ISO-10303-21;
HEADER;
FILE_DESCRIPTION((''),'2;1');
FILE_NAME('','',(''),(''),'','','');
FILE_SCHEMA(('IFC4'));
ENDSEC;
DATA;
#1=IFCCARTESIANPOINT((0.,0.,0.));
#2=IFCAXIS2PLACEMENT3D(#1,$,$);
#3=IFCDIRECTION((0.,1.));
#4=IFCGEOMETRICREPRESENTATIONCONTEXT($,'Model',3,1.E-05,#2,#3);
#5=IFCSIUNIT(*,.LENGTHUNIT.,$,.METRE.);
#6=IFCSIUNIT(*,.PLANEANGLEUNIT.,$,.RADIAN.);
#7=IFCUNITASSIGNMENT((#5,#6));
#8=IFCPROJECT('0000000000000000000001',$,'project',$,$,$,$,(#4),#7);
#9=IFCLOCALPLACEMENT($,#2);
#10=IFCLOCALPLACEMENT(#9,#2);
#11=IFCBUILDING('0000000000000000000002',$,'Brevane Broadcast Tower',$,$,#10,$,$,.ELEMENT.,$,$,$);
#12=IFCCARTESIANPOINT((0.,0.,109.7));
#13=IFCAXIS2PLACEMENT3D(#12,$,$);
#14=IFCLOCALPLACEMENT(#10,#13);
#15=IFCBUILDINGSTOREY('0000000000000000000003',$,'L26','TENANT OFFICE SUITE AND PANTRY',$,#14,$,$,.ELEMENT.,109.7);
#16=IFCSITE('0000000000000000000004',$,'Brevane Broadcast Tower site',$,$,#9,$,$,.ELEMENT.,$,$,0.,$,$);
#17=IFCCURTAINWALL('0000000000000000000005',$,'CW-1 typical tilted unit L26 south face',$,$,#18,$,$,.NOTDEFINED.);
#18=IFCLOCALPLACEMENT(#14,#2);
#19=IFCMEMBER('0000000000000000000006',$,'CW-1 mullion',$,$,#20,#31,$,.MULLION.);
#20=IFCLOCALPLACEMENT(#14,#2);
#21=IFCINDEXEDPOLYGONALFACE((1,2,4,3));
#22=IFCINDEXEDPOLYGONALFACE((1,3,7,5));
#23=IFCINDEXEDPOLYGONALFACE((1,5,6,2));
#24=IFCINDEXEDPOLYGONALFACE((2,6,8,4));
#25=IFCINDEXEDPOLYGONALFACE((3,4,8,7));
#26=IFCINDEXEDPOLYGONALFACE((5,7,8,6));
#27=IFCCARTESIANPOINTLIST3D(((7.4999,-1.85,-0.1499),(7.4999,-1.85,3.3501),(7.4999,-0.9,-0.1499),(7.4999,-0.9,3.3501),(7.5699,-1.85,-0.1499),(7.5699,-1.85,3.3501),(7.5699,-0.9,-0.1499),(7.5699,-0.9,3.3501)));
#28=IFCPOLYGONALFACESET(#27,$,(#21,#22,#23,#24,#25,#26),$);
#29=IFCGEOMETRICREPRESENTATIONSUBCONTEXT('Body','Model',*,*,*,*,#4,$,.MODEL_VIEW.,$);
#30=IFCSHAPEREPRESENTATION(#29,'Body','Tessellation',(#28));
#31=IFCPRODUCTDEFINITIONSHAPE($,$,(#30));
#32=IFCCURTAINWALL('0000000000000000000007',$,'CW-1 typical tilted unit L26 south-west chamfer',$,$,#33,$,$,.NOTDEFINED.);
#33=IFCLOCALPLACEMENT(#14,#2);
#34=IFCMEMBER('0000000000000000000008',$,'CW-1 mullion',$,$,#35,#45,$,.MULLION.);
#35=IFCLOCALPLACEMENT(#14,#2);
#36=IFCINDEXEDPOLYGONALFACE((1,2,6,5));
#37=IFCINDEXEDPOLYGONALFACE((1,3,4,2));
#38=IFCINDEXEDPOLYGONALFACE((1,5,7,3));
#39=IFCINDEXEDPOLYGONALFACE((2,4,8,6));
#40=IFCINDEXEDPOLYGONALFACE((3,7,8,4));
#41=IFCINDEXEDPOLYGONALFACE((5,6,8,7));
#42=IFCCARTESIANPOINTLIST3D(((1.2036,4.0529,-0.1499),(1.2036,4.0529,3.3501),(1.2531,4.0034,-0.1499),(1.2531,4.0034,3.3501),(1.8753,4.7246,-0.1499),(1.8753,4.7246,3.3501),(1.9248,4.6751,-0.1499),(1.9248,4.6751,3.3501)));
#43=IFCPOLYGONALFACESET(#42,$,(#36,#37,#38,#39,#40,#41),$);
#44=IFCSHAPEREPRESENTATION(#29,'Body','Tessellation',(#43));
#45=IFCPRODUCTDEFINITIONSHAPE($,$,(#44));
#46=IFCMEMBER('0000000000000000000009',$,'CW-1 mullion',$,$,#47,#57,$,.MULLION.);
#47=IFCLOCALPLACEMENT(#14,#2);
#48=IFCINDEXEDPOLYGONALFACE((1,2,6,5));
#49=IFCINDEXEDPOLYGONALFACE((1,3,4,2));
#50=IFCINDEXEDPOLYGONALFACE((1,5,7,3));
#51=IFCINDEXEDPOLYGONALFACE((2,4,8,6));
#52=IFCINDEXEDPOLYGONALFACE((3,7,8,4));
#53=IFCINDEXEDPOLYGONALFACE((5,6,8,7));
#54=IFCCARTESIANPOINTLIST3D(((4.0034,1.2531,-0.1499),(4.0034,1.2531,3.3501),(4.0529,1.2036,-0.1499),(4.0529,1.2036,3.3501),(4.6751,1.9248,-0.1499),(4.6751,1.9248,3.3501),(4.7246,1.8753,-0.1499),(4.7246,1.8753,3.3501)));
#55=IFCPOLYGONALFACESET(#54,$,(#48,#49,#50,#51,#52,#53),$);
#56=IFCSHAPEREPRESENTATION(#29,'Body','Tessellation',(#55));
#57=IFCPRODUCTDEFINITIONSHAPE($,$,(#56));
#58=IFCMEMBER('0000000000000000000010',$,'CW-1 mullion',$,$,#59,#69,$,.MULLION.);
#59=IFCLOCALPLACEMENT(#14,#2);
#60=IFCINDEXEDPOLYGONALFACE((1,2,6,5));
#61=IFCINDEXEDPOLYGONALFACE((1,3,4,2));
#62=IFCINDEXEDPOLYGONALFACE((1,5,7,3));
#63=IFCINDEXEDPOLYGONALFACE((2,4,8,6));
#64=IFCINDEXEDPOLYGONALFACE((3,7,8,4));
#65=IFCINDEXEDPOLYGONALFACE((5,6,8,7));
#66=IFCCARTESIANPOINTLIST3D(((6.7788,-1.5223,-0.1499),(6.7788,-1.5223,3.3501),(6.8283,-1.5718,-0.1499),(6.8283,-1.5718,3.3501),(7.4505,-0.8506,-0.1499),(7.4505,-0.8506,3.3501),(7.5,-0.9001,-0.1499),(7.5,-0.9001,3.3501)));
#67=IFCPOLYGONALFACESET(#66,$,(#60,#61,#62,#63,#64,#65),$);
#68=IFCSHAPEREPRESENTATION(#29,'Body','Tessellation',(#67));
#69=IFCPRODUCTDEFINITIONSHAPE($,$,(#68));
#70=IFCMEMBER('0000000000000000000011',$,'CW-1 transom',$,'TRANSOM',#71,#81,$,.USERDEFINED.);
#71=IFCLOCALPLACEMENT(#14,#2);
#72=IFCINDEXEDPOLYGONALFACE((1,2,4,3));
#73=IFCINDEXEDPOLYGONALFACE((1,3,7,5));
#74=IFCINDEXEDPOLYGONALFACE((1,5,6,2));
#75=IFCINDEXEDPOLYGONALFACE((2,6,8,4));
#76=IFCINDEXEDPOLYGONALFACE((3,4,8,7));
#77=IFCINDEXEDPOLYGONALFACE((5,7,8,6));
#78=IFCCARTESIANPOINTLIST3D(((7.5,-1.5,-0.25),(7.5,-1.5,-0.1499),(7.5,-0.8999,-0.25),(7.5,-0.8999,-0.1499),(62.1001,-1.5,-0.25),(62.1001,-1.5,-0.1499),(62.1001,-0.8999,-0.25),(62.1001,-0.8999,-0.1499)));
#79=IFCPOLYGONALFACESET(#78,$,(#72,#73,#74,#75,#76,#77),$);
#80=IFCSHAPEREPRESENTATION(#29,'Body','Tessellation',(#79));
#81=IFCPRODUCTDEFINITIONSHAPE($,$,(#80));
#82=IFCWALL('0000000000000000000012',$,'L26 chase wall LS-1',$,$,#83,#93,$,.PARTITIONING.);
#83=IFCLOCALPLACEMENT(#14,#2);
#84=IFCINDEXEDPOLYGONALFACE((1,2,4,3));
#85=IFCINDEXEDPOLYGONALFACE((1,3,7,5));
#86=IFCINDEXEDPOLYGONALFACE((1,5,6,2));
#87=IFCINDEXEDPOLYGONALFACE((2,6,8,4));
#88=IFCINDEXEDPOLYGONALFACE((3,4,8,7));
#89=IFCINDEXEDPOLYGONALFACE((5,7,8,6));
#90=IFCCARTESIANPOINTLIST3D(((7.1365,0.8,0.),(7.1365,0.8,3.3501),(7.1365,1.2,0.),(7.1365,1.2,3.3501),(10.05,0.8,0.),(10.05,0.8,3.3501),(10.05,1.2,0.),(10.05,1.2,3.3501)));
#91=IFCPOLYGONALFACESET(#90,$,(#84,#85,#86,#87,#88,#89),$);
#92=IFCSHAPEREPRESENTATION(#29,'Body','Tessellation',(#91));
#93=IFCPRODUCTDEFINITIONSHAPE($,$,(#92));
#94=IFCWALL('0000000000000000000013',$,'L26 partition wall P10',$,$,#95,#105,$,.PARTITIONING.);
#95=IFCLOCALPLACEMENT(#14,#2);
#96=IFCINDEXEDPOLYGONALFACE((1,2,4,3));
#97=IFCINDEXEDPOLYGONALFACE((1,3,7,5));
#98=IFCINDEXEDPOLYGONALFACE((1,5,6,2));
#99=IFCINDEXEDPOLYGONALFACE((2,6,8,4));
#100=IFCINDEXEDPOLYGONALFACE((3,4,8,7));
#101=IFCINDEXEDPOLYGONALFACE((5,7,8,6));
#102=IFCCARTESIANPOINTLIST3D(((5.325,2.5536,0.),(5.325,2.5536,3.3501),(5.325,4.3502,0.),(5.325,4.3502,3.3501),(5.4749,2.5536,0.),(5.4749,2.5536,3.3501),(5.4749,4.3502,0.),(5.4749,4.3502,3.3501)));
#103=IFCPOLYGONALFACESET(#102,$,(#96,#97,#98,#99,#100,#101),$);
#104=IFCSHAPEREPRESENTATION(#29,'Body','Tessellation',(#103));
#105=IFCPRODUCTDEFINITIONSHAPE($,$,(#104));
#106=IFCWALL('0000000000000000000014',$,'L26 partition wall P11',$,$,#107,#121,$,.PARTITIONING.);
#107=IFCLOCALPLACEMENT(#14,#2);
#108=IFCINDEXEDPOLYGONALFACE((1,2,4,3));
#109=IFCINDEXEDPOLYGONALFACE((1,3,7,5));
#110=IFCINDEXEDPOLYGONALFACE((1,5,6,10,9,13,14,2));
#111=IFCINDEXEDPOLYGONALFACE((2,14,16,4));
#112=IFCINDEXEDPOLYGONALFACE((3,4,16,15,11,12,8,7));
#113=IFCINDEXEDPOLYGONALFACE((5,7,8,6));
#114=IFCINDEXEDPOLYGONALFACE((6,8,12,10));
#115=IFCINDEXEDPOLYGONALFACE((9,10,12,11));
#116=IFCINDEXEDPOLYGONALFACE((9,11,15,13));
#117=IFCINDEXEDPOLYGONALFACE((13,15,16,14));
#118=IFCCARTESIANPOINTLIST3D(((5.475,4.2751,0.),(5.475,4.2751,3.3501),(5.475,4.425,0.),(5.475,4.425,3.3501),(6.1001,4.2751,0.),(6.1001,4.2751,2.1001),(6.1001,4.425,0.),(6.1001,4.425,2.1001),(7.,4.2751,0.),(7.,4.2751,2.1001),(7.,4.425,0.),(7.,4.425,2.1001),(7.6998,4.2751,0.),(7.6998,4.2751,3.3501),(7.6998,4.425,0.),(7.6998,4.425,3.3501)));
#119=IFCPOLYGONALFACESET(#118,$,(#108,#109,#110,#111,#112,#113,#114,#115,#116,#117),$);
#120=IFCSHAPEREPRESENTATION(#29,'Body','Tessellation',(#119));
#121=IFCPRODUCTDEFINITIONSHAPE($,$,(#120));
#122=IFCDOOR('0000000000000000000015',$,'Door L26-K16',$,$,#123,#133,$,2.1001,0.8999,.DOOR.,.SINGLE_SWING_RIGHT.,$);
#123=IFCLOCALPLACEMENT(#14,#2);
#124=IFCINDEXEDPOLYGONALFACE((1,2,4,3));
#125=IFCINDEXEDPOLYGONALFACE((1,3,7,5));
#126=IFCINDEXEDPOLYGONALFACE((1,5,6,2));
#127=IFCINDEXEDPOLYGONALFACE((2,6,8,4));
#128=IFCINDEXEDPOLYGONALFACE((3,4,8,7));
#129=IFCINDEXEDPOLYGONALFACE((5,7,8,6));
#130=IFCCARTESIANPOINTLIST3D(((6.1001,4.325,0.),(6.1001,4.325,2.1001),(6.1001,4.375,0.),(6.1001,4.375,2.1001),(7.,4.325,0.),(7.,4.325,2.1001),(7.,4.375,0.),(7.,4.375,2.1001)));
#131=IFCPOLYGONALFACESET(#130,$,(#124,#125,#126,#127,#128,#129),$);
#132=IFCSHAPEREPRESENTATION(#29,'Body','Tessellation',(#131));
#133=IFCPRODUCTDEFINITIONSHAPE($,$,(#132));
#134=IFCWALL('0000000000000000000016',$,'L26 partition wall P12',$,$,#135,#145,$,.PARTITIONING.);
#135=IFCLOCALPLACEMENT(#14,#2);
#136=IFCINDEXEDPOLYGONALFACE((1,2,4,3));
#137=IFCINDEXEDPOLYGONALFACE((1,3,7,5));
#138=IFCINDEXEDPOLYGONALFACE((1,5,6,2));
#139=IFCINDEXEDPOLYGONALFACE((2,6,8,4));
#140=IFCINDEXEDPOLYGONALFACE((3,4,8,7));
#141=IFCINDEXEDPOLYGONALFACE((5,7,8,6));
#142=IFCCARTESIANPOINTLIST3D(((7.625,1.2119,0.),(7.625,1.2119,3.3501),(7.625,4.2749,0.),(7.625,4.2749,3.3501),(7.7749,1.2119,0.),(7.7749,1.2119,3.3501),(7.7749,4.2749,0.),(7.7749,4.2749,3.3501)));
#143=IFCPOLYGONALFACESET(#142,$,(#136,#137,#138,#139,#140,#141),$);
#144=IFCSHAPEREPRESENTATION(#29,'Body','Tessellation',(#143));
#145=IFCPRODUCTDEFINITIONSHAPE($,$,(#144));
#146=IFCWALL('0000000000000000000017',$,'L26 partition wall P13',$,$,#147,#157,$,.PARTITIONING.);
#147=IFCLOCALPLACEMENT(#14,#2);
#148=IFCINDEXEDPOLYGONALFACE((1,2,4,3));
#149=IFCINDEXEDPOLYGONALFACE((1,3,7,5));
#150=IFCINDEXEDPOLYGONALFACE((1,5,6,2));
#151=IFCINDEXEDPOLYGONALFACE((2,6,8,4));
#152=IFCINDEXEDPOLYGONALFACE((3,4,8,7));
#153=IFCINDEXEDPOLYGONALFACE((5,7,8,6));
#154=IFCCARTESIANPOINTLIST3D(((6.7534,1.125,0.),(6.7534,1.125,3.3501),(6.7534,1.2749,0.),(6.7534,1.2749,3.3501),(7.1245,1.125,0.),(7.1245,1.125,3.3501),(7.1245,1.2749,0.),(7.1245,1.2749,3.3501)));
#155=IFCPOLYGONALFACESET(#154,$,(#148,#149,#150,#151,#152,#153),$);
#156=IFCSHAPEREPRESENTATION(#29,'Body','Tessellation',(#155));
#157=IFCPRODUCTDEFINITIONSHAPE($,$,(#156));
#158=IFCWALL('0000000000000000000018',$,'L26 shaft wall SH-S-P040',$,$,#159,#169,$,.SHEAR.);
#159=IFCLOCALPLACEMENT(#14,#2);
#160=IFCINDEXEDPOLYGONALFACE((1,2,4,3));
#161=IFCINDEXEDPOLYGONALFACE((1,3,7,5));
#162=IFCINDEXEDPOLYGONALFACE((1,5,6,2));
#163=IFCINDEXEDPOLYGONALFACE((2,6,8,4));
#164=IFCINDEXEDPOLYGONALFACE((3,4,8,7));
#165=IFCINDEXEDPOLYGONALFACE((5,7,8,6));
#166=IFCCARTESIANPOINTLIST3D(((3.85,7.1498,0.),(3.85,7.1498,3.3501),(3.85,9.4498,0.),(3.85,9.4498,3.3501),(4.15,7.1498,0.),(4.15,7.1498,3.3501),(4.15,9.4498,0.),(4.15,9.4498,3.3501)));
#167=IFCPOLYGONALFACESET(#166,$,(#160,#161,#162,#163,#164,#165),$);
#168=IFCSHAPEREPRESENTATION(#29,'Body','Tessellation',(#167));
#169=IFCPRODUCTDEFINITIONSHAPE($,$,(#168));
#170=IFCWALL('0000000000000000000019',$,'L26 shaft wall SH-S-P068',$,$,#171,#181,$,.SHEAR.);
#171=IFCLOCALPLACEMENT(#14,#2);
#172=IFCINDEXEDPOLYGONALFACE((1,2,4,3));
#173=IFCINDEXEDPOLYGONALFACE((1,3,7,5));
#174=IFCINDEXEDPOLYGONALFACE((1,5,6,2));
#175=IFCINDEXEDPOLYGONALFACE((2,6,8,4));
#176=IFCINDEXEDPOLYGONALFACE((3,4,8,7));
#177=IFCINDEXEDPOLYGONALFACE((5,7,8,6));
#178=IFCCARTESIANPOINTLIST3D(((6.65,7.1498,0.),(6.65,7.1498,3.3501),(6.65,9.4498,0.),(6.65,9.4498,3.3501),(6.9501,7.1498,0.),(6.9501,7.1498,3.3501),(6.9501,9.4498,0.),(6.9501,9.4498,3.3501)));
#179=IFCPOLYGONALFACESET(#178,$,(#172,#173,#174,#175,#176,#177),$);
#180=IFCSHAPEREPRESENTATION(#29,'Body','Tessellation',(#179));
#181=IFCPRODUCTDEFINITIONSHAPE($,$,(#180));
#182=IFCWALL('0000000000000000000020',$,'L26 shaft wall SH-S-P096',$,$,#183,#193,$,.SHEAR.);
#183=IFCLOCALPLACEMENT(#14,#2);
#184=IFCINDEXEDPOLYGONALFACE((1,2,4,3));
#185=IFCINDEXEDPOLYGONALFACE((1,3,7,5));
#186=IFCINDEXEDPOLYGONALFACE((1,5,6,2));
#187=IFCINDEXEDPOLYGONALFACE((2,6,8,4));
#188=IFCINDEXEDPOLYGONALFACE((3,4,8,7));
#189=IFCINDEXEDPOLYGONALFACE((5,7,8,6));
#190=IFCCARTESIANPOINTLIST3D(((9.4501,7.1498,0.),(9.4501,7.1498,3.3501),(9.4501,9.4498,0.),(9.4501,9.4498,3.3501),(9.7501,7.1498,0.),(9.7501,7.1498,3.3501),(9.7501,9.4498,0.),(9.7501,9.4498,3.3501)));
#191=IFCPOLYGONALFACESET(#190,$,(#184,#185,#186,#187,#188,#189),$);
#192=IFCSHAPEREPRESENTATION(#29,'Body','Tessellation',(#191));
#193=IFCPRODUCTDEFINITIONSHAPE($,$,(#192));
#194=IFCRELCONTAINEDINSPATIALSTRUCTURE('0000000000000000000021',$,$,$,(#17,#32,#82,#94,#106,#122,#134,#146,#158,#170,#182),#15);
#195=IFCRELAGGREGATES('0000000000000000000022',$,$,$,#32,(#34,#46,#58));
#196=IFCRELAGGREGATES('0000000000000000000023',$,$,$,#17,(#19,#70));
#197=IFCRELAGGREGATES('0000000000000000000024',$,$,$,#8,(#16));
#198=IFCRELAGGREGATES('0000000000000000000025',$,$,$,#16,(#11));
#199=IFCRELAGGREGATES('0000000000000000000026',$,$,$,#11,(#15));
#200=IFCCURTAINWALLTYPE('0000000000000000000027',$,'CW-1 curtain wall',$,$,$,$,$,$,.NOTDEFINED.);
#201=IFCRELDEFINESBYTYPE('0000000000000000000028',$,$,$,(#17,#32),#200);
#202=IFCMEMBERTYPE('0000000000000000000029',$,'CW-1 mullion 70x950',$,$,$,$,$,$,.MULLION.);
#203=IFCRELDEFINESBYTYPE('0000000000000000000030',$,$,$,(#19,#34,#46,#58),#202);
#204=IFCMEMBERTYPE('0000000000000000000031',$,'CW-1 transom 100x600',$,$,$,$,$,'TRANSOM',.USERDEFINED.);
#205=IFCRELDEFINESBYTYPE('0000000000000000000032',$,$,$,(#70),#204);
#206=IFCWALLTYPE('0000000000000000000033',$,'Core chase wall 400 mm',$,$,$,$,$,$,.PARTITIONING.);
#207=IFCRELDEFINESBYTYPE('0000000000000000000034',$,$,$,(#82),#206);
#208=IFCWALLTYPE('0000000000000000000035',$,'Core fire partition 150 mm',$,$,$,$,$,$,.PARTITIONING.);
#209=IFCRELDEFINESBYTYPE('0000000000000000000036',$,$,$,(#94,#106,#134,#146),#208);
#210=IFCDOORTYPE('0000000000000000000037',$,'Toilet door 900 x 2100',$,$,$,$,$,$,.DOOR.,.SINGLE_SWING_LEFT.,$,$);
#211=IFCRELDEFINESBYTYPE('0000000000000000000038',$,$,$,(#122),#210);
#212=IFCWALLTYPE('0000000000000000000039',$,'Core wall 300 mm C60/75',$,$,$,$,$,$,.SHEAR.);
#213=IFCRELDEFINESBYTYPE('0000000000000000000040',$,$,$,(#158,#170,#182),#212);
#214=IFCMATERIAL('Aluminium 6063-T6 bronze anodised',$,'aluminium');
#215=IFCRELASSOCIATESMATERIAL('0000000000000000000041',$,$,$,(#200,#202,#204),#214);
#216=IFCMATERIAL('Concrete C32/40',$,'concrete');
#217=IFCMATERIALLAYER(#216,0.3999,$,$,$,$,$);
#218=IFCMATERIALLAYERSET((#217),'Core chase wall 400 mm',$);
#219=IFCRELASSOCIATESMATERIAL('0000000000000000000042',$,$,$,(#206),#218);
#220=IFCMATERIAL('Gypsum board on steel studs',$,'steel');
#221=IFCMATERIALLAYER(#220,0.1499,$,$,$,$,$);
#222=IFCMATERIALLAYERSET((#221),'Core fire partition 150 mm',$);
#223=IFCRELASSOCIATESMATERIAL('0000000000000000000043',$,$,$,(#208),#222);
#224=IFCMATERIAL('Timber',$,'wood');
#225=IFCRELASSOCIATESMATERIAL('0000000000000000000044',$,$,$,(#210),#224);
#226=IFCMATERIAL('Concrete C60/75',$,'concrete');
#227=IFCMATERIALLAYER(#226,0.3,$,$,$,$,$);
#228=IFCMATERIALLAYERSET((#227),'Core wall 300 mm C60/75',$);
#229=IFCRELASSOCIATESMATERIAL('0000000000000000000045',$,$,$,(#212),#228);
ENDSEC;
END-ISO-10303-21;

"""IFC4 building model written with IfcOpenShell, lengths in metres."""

from ifc_helpers import new_model, si_unit, direction, frame, frame_2d, origin, origin_2d, place, context, subcontext, project, spatial, rectangle, extrude, material, layer, layer_set, material_profile, profile_set, type_object, element, fill, aggregate, save


model = new_model("IFC4")

# Units and contexts
model_context = context("Model", 3, precision=1e-05, world=origin(), true_north=direction((0.0, 1.0)))
body_context = subcontext(model_context, "Body", "Model", "MODEL_VIEW")
ifc_project = project(units=[si_unit("LENGTHUNIT", "METRE"), si_unit("PLANEANGLEUNIT", "RADIAN")], contexts=[model_context])

# Site, building, storey
site_placement = place(None, origin())
site = spatial("IfcSite", under=ifc_project, at=site_placement, Name="Brevane Broadcast Tower site", CompositionType="ELEMENT", RefElevation=0.0)
building_placement = place(site_placement, origin())
building = spatial("IfcBuilding", under=site, at=building_placement, Name="Brevane Broadcast Tower", CompositionType="ELEMENT")
storey_placement = place(building_placement, frame((0.0, 0.0, 109.7)))
storey = spatial("IfcBuildingStorey", under=building, at=storey_placement, Name="L26", Description="TENANT OFFICE SUITE AND PANTRY", CompositionType="ELEMENT", Elevation=109.7)

# Curtain wall, member
ifc_material_1 = material(Name="Aluminium 6063-T6 bronze anodised", Category="aluminium")
curtain_wall_type = type_object("IfcCurtainWallType", Name="CW-1 curtain wall", PredefinedType="NOTDEFINED", material=ifc_material_1)
curtain_wall_1_placement = place(storey_placement, origin())
curtain_wall_1 = element("IfcCurtainWall", 1, at=curtain_wall_1_placement, inside=storey, type_object=curtain_wall_type, Name="CW-1 typical tilted unit L26 south face", PredefinedType="NOTDEFINED")
ifc_material_profile_1 = material_profile(ifc_material_1, rectangle(XDim=0.95, YDim=0.0701, at=origin_2d()), Name="RECT 70x950")
ifc_profile_set_1 = profile_set([ifc_material_profile_1], Name="Aluminium 6063-T6 bronze anodised")
member_type_1 = type_object("IfcMemberType", Name="CW-1 mullion 70x950", PredefinedType="MULLION", material=ifc_profile_set_1)
member_1_placement = place(storey_placement, frame((7.5349, -1.375, -0.1499), z_axis=(0.0, 0.0, 1.0), x_axis=(0.0, 1.0, 0.0)))
member_1 = element("IfcMember", 2, at=member_1_placement, type_object=member_type_1, Name="CW-1 mullion", PredefinedType="MULLION", context=body_context, shape_type="SweptSolid", body=[
    extrude(rectangle(XDim=0.95, YDim=0.0701, at=origin_2d()), origin(), (0.0, 0.0, 1.0), 3.5),
])

# Curtain wall, members
curtain_wall_2_placement = place(storey_placement, origin())
curtain_wall_2 = element("IfcCurtainWall", 3, at=curtain_wall_2_placement, inside=storey, type_object=curtain_wall_type, Name="CW-1 typical tilted unit L26 south-west chamfer", PredefinedType="NOTDEFINED")
member_2_placement = place(storey_placement, frame((1.5642, 4.364, -0.1499), z_axis=(0.0, 0.0, 1.0), x_axis=(0.707107, 0.707107, 0.0)))
member_2 = element("IfcMember", 4, at=member_2_placement, type_object=member_type_1, Name="CW-1 mullion", PredefinedType="MULLION", context=body_context, shape_type="SweptSolid", body=[
    extrude(rectangle(XDim=0.95, YDim=0.0701, at=origin_2d()), origin(), (0.0, 0.0, 1.0), 3.5),
])
member_3_placement = place(storey_placement, frame((4.364, 1.5642, -0.1499), z_axis=(0.0, 0.0, 1.0), x_axis=(0.707107, 0.707107, 0.0)))
member_3 = element("IfcMember", 5, at=member_3_placement, type_object=member_type_1, Name="CW-1 mullion", PredefinedType="MULLION", context=body_context, shape_type="SweptSolid", body=[
    extrude(rectangle(XDim=0.95, YDim=0.0701, at=origin_2d()), origin(), (0.0, 0.0, 1.0), 3.5),
])
member_4_placement = place(storey_placement, frame((7.1394, -1.2112, -0.1499), z_axis=(0.0, 0.0, 1.0), x_axis=(0.707107, 0.707107, 0.0)))
member_4 = element("IfcMember", 6, at=member_4_placement, type_object=member_type_1, Name="CW-1 mullion", PredefinedType="MULLION", context=body_context, shape_type="SweptSolid", body=[
    extrude(rectangle(XDim=0.95, YDim=0.0701, at=origin_2d()), origin(), (0.0, 0.0, 1.0), 3.5),
])
aggregate(curtain_wall_2, [member_2, member_3, member_4])

# Member
ifc_material_profile_2 = material_profile(ifc_material_1, rectangle(XDim=0.6001, YDim=0.1001, at=origin_2d()), Name="RECT 100x600")
ifc_profile_set_2 = profile_set([ifc_material_profile_2], Name="Aluminium 6063-T6 bronze anodised")
member_type_2 = type_object("IfcMemberType", Name="CW-1 transom 100x600", ElementType="TRANSOM", PredefinedType="USERDEFINED", material=ifc_profile_set_2)
member_5_placement = place(storey_placement, frame((7.5, -1.2, -0.2), z_axis=(1.0, 0.0, 0.0), x_axis=(0.0, 1.0, 0.0)))
member_5 = element("IfcMember", 7, at=member_5_placement, type_object=member_type_2, Name="CW-1 transom", ObjectType="TRANSOM", PredefinedType="USERDEFINED", context=body_context, shape_type="SweptSolid", body=[
    extrude(rectangle(XDim=0.6001, YDim=0.1001, at=origin_2d()), origin(), (0.0, 0.0, 1.0), 54.6001),
])
aggregate(curtain_wall_1, [member_1, member_5])

# Walls
ifc_material_2 = material(Name="Concrete C32/40", Category="concrete")
ifc_layer_1 = layer(ifc_material_2, 0.3999)
ifc_layer_set_1 = layer_set([ifc_layer_1], Name="Core chase wall 400 mm")
wall_type_1 = type_object("IfcWallType", Name="Core chase wall 400 mm", PredefinedType="PARTITIONING", material=ifc_layer_set_1)
wall_1_placement = place(storey_placement, frame((7.1365, 1.0, 0.0), z_axis=(0.0, 0.0, 1.0), x_axis=(1.0, 0.0, 0.0)))
element("IfcWall", 8, at=wall_1_placement, inside=storey, type_object=wall_type_1, Name="L26 chase wall LS-1", PredefinedType="PARTITIONING", context=body_context, shape_type="SweptSolid", body=[
    extrude(rectangle(XDim=2.9136, YDim=0.3999, at=frame_2d((1.4568, 0.0))), origin(), (0.0, 0.0, 1.0), 3.3501),
])
ifc_material_3 = material(Name="Gypsum board on steel studs", Category="steel")
ifc_layer_2 = layer(ifc_material_3, 0.1499)
ifc_layer_set_2 = layer_set([ifc_layer_2], Name="Core fire partition 150 mm")
wall_type_2 = type_object("IfcWallType", Name="Core fire partition 150 mm", PredefinedType="PARTITIONING", material=ifc_layer_set_2)
wall_2_placement = place(storey_placement, frame((5.3999, 2.5535, 0.0), z_axis=(0.0, 0.0, 1.0), x_axis=(0.0, 1.0, 0.0)))
element("IfcWall", 9, at=wall_2_placement, inside=storey, type_object=wall_type_2, Name="L26 partition wall P10", PredefinedType="PARTITIONING", context=body_context, shape_type="SweptSolid", body=[
    extrude(rectangle(XDim=1.7966, YDim=0.1499, at=frame_2d((0.8984, 0.0))), origin(), (0.0, 0.0, 1.0), 3.3501),
])

# Wall, opening, door
wall_3_placement = place(storey_placement, frame((5.4751, 4.3501, 0.0), z_axis=(0.0, 0.0, 1.0), x_axis=(1.0, 0.0, 0.0)))
wall_3 = element("IfcWall", 10, at=wall_3_placement, inside=storey, type_object=wall_type_2, Name="L26 partition wall P11", PredefinedType="PARTITIONING", context=body_context, shape_type="SweptSolid", body=[
    extrude(rectangle(XDim=2.2249, YDim=0.1499, at=frame_2d((1.1123, 0.0))), origin(), (0.0, 0.0, 1.0), 3.3501),
])
opening_placement = place(wall_3_placement, frame((0.625, 0.0, 0.0)))
opening = element("IfcOpeningElement", 11, at=opening_placement, cuts=wall_3, PredefinedType="OPENING", context=body_context, shape_type="SweptSolid", body=[
    extrude(rectangle(XDim=0.8999, YDim=2.1001, at=frame_2d((0.45, 1.05))), frame((0.0, 0.085, 0.0), z_axis=(0.0, -1.0, 0.0), x_axis=(1.0, 0.0, 0.0)), (0.0, 0.0, 1.0), 0.1699),
])
ifc_material_4 = material(Name="Timber", Category="wood")
door_type = type_object("IfcDoorType", Name="Toilet door 900 x 2100", OperationType="SINGLE_SWING_LEFT", PredefinedType="DOOR", material=ifc_material_4)
door_placement = place(opening_placement, origin())
door = element("IfcDoor", 12, at=door_placement, inside=storey, type_object=door_type, Name="Door L26-K16", OperationType="SINGLE_SWING_RIGHT", OverallHeight=2.1001, OverallWidth=0.8999, PredefinedType="DOOR", context=body_context, shape_type="SweptSolid", body=[
    extrude(rectangle(XDim=0.8999, YDim=2.1001, at=frame_2d((0.45, 1.05))), frame((0.0, 0.0249, 0.0), z_axis=(0.0, -1.0, 0.0), x_axis=(1.0, 0.0, 0.0)), (0.0, 0.0, 1.0), 0.05),
])
fill(opening, door)

# Walls
wall_4_placement = place(storey_placement, frame((7.7, 4.2749, 0.0), z_axis=(0.0, 0.0, 1.0), x_axis=(0.0, -1.0, 0.0)))
element("IfcWall", 13, at=wall_4_placement, inside=storey, type_object=wall_type_2, Name="L26 partition wall P12", PredefinedType="PARTITIONING", context=body_context, shape_type="SweptSolid", body=[
    extrude(rectangle(XDim=3.063, YDim=0.1499, at=frame_2d((1.5315, 0.0))), origin(), (0.0, 0.0, 1.0), 3.3501),
])
wall_5_placement = place(storey_placement, frame((7.1245, 1.2, 0.0), z_axis=(0.0, 0.0, 1.0), x_axis=(-1.0, 0.0, 0.0)))
element("IfcWall", 14, at=wall_5_placement, inside=storey, type_object=wall_type_2, Name="L26 partition wall P13", PredefinedType="PARTITIONING", context=body_context, shape_type="SweptSolid", body=[
    extrude(rectangle(XDim=0.3711, YDim=0.1499, at=frame_2d((0.1855, 0.0))), origin(), (0.0, 0.0, 1.0), 3.3501),
])
ifc_material_5 = material(Name="Concrete C60/75", Category="concrete")
ifc_layer_3 = layer(ifc_material_5, 0.3)
ifc_layer_set_3 = layer_set([ifc_layer_3], Name="Core wall 300 mm C60/75")
wall_type_3 = type_object("IfcWallType", Name="Core wall 300 mm C60/75", PredefinedType="SHEAR", material=ifc_layer_set_3)
for number, where, z_axis, x_axis, name in (
    (15, (4.0, 7.1499, 0.0), (0.0, 0.0, 1.0), (0.0, 1.0, 0.0), "L26 shaft wall SH-S-P040"),
    (16, (6.8, 7.1499, 0.0), (0.0, 0.0, 1.0), (0.0, 1.0, 0.0), "L26 shaft wall SH-S-P068"),
    (17, (9.6001, 7.1499, 0.0), (0.0, 0.0, 1.0), (0.0, 1.0, 0.0), "L26 shaft wall SH-S-P096"),
):
    element("IfcWall", number, at=place(storey_placement, frame(where, z_axis=z_axis, x_axis=x_axis)), inside=storey, type_object=wall_type_3, Name=name, PredefinedType="SHEAR", context=body_context, shape_type="SweptSolid", body=[
        extrude(rectangle(XDim=2.3, YDim=0.3, at=frame_2d((1.1499, 0.0))), origin(), (0.0, 0.0, 1.0), 3.3501),
    ])

save(model, "model.ifc")
